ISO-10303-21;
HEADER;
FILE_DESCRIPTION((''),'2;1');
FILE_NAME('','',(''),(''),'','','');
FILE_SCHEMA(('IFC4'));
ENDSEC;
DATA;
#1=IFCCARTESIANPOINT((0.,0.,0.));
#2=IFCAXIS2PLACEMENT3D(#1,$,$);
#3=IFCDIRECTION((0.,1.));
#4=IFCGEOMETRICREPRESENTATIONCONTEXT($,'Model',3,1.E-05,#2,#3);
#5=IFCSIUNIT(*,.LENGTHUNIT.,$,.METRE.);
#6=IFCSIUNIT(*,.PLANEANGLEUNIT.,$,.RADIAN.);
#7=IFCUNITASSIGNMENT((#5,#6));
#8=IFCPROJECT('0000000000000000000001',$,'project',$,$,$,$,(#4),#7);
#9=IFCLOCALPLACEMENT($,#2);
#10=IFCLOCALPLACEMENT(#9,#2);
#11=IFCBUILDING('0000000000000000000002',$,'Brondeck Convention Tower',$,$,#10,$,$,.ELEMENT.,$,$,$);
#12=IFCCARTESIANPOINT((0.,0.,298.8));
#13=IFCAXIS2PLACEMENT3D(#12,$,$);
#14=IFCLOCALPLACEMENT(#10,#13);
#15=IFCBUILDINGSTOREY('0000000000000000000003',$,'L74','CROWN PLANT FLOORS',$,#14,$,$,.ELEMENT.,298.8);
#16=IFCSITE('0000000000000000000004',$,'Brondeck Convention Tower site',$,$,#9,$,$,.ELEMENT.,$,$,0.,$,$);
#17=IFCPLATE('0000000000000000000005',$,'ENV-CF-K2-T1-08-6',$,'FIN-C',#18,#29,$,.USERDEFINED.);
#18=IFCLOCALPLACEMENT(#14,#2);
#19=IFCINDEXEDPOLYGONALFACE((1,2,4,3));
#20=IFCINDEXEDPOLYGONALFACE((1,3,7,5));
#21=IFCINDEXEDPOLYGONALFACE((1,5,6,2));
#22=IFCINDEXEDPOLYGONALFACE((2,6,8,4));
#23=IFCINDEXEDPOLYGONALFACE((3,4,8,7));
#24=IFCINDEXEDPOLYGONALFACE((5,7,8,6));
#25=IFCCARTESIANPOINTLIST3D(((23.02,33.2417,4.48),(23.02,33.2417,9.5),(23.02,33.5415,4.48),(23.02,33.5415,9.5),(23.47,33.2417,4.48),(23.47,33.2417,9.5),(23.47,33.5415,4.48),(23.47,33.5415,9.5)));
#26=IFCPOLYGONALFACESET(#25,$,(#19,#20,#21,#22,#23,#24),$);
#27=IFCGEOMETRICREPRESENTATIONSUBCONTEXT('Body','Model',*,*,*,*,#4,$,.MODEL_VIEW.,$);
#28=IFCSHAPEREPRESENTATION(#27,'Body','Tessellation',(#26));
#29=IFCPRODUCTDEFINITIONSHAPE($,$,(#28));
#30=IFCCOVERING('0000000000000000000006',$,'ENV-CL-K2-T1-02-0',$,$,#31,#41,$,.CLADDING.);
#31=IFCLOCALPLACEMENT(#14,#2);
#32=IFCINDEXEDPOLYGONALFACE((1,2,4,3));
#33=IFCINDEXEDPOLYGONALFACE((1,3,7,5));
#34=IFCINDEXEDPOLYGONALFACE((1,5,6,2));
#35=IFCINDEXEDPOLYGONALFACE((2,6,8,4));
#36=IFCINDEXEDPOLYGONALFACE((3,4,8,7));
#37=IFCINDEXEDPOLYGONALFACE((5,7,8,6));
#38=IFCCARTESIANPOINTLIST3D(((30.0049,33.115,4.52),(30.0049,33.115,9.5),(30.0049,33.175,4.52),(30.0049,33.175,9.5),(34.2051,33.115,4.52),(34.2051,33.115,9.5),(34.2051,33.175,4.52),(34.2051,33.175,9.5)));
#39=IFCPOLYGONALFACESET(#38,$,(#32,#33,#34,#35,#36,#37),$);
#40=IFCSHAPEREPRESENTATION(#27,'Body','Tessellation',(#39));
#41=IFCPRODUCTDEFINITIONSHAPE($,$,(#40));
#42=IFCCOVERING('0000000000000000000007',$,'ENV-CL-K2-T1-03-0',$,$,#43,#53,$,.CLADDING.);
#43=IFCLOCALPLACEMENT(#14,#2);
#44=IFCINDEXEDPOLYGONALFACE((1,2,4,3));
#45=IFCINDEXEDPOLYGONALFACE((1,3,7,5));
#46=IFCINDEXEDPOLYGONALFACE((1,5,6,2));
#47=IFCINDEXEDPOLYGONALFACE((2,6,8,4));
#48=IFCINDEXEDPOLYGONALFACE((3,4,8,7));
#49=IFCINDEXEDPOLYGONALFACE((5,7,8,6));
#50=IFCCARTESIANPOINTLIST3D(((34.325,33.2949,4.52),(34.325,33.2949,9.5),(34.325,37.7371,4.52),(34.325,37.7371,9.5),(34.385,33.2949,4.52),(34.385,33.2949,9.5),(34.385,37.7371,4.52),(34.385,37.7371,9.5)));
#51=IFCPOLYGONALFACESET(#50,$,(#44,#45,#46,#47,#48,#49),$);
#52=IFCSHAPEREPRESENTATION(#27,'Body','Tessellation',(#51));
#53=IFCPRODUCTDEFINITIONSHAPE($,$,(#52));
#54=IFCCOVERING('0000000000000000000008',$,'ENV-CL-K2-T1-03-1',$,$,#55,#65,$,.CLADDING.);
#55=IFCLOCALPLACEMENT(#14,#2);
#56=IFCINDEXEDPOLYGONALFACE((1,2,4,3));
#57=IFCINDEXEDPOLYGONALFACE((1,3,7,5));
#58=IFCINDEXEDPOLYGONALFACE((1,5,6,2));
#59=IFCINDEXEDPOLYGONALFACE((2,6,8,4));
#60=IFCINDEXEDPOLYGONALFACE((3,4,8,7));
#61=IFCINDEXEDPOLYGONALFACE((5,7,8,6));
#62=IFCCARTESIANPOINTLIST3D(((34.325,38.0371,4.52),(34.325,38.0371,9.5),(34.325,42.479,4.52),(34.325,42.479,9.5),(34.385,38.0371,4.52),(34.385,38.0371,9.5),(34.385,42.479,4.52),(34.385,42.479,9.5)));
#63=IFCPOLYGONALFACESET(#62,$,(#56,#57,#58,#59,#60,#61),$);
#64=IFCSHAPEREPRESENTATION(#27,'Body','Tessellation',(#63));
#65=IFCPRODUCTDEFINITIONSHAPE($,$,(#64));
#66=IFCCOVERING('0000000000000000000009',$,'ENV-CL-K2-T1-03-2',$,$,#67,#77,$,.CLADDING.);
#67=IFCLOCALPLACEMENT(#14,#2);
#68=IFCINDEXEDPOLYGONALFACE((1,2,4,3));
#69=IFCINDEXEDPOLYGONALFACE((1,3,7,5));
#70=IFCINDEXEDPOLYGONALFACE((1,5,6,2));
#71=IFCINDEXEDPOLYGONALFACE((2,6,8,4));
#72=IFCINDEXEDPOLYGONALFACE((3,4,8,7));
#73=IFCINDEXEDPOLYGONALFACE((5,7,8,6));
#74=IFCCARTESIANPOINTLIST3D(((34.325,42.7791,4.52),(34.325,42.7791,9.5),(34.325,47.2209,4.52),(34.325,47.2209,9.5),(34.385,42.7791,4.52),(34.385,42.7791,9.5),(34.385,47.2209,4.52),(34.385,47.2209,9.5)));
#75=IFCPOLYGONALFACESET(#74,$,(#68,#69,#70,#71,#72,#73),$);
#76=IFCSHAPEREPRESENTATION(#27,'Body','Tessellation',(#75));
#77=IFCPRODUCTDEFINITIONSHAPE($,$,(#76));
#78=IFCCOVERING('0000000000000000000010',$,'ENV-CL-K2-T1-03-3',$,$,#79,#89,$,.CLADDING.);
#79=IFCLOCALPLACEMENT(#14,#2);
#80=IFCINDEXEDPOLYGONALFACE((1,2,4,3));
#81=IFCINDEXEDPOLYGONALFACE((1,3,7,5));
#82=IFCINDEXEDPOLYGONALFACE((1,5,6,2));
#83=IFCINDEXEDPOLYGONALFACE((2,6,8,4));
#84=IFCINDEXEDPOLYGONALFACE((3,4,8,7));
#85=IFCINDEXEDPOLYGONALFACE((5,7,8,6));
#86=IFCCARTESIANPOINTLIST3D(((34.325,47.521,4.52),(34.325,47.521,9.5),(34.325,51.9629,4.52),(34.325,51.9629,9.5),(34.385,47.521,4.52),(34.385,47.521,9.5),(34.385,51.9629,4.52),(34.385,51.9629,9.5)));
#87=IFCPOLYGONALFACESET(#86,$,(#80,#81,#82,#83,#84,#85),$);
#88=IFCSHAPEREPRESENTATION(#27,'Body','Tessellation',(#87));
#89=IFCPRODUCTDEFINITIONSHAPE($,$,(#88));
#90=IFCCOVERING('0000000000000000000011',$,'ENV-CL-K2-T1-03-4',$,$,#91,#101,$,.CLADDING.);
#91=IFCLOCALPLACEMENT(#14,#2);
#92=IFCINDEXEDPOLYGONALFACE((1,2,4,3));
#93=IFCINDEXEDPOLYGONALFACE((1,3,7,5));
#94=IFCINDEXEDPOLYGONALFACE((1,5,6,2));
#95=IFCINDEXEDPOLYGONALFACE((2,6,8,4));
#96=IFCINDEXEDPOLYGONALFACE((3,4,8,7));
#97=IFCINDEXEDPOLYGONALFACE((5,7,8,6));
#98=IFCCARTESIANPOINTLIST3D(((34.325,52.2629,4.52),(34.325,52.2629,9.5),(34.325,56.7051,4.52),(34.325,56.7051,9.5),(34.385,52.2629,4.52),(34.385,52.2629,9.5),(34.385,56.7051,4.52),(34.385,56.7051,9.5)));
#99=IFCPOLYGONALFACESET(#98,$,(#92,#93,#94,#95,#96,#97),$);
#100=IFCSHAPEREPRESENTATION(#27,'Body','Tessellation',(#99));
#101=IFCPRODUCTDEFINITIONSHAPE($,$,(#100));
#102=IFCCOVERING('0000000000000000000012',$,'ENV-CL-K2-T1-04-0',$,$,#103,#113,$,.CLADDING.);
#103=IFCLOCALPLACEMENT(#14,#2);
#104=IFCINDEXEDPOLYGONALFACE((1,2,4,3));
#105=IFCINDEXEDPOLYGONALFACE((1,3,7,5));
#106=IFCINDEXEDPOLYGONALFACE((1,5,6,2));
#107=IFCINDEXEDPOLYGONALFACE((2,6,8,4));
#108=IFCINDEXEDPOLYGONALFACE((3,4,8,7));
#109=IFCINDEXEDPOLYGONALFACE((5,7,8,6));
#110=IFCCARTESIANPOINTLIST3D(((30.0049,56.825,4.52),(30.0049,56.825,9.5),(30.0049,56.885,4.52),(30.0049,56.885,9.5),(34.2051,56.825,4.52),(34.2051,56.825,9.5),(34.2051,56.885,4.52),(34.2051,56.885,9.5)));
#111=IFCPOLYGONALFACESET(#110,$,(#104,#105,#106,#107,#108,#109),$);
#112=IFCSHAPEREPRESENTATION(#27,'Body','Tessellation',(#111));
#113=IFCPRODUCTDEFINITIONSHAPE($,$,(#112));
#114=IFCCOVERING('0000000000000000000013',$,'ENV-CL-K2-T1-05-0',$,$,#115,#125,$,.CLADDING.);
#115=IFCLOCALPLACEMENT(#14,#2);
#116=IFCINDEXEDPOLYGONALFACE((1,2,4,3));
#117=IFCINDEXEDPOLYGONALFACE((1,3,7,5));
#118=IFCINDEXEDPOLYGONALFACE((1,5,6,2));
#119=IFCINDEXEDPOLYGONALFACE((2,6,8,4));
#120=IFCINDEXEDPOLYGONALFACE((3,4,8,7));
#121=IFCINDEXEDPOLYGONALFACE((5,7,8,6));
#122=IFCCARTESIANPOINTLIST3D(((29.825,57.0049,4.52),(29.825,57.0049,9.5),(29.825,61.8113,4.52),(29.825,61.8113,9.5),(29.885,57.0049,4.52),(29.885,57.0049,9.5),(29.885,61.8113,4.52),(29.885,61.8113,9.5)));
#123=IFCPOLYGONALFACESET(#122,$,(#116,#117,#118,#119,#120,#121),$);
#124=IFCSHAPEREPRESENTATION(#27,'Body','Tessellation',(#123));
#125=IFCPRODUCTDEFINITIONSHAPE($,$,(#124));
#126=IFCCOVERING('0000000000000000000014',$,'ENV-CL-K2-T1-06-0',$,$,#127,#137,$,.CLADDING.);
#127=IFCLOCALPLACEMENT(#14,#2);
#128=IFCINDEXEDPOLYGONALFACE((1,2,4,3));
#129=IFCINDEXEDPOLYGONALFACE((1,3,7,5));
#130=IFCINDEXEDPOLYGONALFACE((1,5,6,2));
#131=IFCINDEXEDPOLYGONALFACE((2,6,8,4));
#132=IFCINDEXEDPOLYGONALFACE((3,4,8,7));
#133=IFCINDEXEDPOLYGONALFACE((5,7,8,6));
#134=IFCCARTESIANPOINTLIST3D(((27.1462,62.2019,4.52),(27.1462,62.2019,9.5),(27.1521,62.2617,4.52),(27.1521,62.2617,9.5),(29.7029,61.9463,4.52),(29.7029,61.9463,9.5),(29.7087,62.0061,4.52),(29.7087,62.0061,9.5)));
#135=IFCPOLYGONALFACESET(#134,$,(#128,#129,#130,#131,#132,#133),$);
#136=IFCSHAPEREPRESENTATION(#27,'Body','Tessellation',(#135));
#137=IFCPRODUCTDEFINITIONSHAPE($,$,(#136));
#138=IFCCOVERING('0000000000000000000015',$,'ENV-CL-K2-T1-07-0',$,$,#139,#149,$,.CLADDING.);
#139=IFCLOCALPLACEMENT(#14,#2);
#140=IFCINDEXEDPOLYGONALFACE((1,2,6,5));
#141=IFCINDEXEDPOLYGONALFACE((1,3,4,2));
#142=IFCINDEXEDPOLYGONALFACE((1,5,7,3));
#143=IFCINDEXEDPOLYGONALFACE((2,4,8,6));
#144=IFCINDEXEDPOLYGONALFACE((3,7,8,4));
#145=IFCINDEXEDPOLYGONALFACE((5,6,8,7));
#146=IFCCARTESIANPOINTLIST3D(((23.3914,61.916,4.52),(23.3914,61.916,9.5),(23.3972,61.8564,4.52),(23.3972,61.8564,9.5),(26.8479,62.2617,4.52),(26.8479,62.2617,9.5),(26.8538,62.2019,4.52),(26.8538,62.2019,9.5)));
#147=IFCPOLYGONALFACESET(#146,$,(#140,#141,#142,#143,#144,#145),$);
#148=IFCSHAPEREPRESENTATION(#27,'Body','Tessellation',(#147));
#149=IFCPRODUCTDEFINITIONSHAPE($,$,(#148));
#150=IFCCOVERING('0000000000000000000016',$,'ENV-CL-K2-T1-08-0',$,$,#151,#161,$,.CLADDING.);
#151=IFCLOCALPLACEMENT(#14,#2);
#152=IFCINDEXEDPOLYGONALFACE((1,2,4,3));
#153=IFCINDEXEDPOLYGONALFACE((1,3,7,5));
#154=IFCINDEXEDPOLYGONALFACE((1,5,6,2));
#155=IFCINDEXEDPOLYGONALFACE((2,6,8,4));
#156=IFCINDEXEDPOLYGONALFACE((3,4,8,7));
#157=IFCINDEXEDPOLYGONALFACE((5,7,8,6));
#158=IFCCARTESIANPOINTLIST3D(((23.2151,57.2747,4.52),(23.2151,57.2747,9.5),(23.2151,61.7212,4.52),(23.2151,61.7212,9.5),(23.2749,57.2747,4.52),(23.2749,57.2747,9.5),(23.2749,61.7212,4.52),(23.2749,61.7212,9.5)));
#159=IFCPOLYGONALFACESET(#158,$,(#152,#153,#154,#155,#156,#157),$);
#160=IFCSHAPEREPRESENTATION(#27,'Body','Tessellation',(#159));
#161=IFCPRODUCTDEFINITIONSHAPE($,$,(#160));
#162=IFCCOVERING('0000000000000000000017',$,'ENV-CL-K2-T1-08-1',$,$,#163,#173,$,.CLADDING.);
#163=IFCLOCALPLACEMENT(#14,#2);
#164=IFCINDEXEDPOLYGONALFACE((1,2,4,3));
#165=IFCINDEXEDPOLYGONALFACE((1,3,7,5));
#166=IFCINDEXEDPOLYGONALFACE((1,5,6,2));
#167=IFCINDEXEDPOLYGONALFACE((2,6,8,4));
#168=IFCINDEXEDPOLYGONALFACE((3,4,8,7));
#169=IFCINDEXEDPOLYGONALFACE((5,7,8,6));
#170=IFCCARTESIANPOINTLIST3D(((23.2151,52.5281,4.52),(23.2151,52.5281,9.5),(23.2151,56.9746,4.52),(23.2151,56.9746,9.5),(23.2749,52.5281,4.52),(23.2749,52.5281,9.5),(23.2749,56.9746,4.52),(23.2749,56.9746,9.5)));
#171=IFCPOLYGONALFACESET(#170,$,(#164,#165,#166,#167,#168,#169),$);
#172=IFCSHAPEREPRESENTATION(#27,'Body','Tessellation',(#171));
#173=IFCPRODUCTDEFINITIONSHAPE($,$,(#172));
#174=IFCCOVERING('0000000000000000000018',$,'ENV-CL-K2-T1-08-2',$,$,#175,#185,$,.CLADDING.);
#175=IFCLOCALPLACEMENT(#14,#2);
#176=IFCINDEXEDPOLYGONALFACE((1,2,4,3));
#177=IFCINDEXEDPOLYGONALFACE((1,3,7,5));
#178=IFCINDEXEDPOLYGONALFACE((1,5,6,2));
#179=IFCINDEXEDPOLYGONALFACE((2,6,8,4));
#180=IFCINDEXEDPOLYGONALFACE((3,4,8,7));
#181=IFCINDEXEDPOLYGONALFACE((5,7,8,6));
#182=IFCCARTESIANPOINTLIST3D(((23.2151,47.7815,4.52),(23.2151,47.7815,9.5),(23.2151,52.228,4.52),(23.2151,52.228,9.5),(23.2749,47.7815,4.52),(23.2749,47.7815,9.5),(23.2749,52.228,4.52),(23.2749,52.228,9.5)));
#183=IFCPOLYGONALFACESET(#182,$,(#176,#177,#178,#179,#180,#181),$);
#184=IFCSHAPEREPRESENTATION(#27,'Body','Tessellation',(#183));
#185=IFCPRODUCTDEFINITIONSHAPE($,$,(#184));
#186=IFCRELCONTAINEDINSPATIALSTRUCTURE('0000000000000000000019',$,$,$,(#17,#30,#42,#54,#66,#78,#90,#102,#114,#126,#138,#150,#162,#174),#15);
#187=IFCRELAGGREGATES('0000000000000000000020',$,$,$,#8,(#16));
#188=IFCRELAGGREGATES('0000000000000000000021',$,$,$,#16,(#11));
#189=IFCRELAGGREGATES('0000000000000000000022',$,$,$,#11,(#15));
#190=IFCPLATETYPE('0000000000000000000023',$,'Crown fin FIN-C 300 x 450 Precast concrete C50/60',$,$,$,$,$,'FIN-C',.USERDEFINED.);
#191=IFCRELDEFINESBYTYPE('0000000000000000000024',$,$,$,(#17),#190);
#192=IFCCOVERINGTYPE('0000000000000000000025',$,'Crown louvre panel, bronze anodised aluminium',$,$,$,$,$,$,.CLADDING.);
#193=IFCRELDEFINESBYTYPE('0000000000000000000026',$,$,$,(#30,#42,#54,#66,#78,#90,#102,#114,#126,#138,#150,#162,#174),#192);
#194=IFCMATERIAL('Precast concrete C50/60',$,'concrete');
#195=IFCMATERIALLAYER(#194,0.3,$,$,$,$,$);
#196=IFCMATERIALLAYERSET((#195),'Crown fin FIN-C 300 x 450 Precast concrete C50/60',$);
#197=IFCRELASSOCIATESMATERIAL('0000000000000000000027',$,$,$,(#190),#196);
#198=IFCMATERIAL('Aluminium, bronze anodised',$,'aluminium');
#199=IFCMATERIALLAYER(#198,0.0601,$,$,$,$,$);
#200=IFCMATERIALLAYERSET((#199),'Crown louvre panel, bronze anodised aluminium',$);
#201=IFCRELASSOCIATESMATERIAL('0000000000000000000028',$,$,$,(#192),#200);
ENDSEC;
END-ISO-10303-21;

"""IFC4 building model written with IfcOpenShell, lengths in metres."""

from ifc_helpers import new_model, si_unit, direction, frame, origin, place, context, subcontext, project, spatial, polyline, outline, extrude, material, layer, layer_set, type_object, element, save


model = new_model("IFC4")

# Units and contexts
model_context = context("Model", 3, precision=1e-05, world=origin(), true_north=direction((0.0, 1.0)))
body_context = subcontext(model_context, "Body", "Model", "MODEL_VIEW")
ifc_project = project(units=[si_unit("LENGTHUNIT", "METRE"), si_unit("PLANEANGLEUNIT", "RADIAN")], contexts=[model_context])

# Site, building, storey
site_placement = place(None, origin())
site = spatial("IfcSite", under=ifc_project, at=site_placement, Name="Brondeck Convention Tower site", CompositionType="ELEMENT", RefElevation=0.0)
building_placement = place(site_placement, origin())
building = spatial("IfcBuilding", under=site, at=building_placement, Name="Brondeck Convention Tower", CompositionType="ELEMENT")
storey_placement = place(building_placement, frame((0.0, 0.0, 298.8)))
storey = spatial("IfcBuildingStorey", under=building, at=storey_placement, Name="L74", Description="CROWN PLANT FLOORS", CompositionType="ELEMENT", Elevation=298.8)

# Plate
ifc_material_1 = material(Name="Precast concrete C50/60", Category="concrete")
ifc_layer_1 = layer(ifc_material_1, 0.3)
ifc_layer_set_1 = layer_set([ifc_layer_1], Name="Crown fin FIN-C 300 x 450 Precast concrete C50/60")
plate_type = type_object("IfcPlateType", Name="Crown fin FIN-C 300 x 450 Precast concrete C50/60", ElementType="FIN-C", PredefinedType="USERDEFINED", material=ifc_layer_set_1)
plate_1_placement = place(storey_placement, frame((0.0, 0.0, 4.48)))
element("IfcPlate", 1, at=plate_1_placement, inside=storey, type_object=plate_type, Name="ENV-CF-K2-T1-08-6", ObjectType="FIN-C", PredefinedType="USERDEFINED", context=body_context, shape_type="SweptSolid", body=[
    extrude(outline(polyline([(23.47, 33.2417), (23.47, 33.5415), (23.02, 33.5415), (23.02, 33.2417), (23.47, 33.2417)])), origin(), (0.0, 0.0, 1.0), 5.02),
])

# Coverings
ifc_material_2 = material(Name="Aluminium, bronze anodised", Category="aluminium")
ifc_layer_2 = layer(ifc_material_2, 0.0601)
ifc_layer_set_2 = layer_set([ifc_layer_2], Name="Crown louvre panel, bronze anodised aluminium")
covering_type = type_object("IfcCoveringType", Name="Crown louvre panel, bronze anodised aluminium", PredefinedType="CLADDING", material=ifc_layer_set_2)
covering_1_placement = place(storey_placement, frame((0.0, 0.0, 4.52)))
element("IfcCovering", 2, at=covering_1_placement, inside=storey, type_object=covering_type, Name="ENV-CL-K2-T1-02-0", PredefinedType="CLADDING", context=body_context, shape_type="SweptSolid", body=[
    extrude(outline(polyline([(34.2051, 33.175), (30.0049, 33.175), (30.0049, 33.115), (34.2051, 33.115), (34.2051, 33.175)])), origin(), (0.0, 0.0, 1.0), 4.98),
])
covering_2_placement = place(storey_placement, frame((0.0, 0.0, 4.52)))
element("IfcCovering", 3, at=covering_2_placement, inside=storey, type_object=covering_type, Name="ENV-CL-K2-T1-03-0", PredefinedType="CLADDING", context=body_context, shape_type="SweptSolid", body=[
    extrude(outline(polyline([(34.325, 37.7371), (34.325, 33.2949), (34.385, 33.2949), (34.385, 37.7371), (34.325, 37.7371)])), origin(), (0.0, 0.0, 1.0), 4.98),
])
covering_3_placement = place(storey_placement, frame((0.0, 0.0, 4.52)))
element("IfcCovering", 4, at=covering_3_placement, inside=storey, type_object=covering_type, Name="ENV-CL-K2-T1-03-1", PredefinedType="CLADDING", context=body_context, shape_type="SweptSolid", body=[
    extrude(outline(polyline([(34.325, 42.479), (34.325, 38.0371), (34.385, 38.0371), (34.385, 42.479), (34.325, 42.479)])), origin(), (0.0, 0.0, 1.0), 4.98),
])
covering_4_placement = place(storey_placement, frame((0.0, 0.0, 4.52)))
element("IfcCovering", 5, at=covering_4_placement, inside=storey, type_object=covering_type, Name="ENV-CL-K2-T1-03-2", PredefinedType="CLADDING", context=body_context, shape_type="SweptSolid", body=[
    extrude(outline(polyline([(34.325, 47.2209), (34.325, 42.7791), (34.385, 42.7791), (34.385, 47.2209), (34.325, 47.2209)])), origin(), (0.0, 0.0, 1.0), 4.98),
])
covering_5_placement = place(storey_placement, frame((0.0, 0.0, 4.52)))
element("IfcCovering", 6, at=covering_5_placement, inside=storey, type_object=covering_type, Name="ENV-CL-K2-T1-03-3", PredefinedType="CLADDING", context=body_context, shape_type="SweptSolid", body=[
    extrude(outline(polyline([(34.325, 51.9629), (34.325, 47.521), (34.385, 47.521), (34.385, 51.9629), (34.325, 51.9629)])), origin(), (0.0, 0.0, 1.0), 4.98),
])
covering_6_placement = place(storey_placement, frame((0.0, 0.0, 4.52)))
element("IfcCovering", 7, at=covering_6_placement, inside=storey, type_object=covering_type, Name="ENV-CL-K2-T1-03-4", PredefinedType="CLADDING", context=body_context, shape_type="SweptSolid", body=[
    extrude(outline(polyline([(34.325, 56.7051), (34.325, 52.2629), (34.385, 52.2629), (34.385, 56.7051), (34.325, 56.7051)])), origin(), (0.0, 0.0, 1.0), 4.98),
])
covering_7_placement = place(storey_placement, frame((0.0, 0.0, 4.52)))
element("IfcCovering", 8, at=covering_7_placement, inside=storey, type_object=covering_type, Name="ENV-CL-K2-T1-04-0", PredefinedType="CLADDING", context=body_context, shape_type="SweptSolid", body=[
    extrude(outline(polyline([(30.0049, 56.825), (34.2051, 56.825), (34.2051, 56.885), (30.0049, 56.885), (30.0049, 56.825)])), origin(), (0.0, 0.0, 1.0), 4.98),
])
covering_8_placement = place(storey_placement, frame((0.0, 0.0, 4.52)))
element("IfcCovering", 9, at=covering_8_placement, inside=storey, type_object=covering_type, Name="ENV-CL-K2-T1-05-0", PredefinedType="CLADDING", context=body_context, shape_type="SweptSolid", body=[
    extrude(outline(polyline([(29.825, 61.8113), (29.825, 57.0049), (29.885, 57.0049), (29.885, 61.8113), (29.825, 61.8113)])), origin(), (0.0, 0.0, 1.0), 4.98),
])
covering_9_placement = place(storey_placement, frame((0.0, 0.0, 4.52)))
element("IfcCovering", 10, at=covering_9_placement, inside=storey, type_object=covering_type, Name="ENV-CL-K2-T1-06-0", PredefinedType="CLADDING", context=body_context, shape_type="SweptSolid", body=[
    extrude(outline(polyline([(27.1462, 62.2019), (29.7029, 61.9463), (29.7087, 62.0061), (27.1521, 62.2617), (27.1462, 62.2019)])), origin(), (0.0, 0.0, 1.0), 4.98),
])
covering_10_placement = place(storey_placement, frame((0.0, 0.0, 4.52)))
element("IfcCovering", 11, at=covering_10_placement, inside=storey, type_object=covering_type, Name="ENV-CL-K2-T1-07-0", PredefinedType="CLADDING", context=body_context, shape_type="SweptSolid", body=[
    extrude(outline(polyline([(23.3972, 61.8564), (26.8538, 62.2019), (26.8479, 62.2617), (23.3914, 61.916), (23.3972, 61.8564)])), origin(), (0.0, 0.0, 1.0), 4.98),
])
covering_11_placement = place(storey_placement, frame((0.0, 0.0, 4.52)))
element("IfcCovering", 12, at=covering_11_placement, inside=storey, type_object=covering_type, Name="ENV-CL-K2-T1-08-0", PredefinedType="CLADDING", context=body_context, shape_type="SweptSolid", body=[
    extrude(outline(polyline([(23.2749, 57.2747), (23.2749, 61.7212), (23.2151, 61.7212), (23.2151, 57.2747), (23.2749, 57.2747)])), origin(), (0.0, 0.0, 1.0), 4.98),
])
covering_12_placement = place(storey_placement, frame((0.0, 0.0, 4.52)))
element("IfcCovering", 13, at=covering_12_placement, inside=storey, type_object=covering_type, Name="ENV-CL-K2-T1-08-1", PredefinedType="CLADDING", context=body_context, shape_type="SweptSolid", body=[
    extrude(outline(polyline([(23.2749, 52.5281), (23.2749, 56.9746), (23.2151, 56.9746), (23.2151, 52.5281), (23.2749, 52.5281)])), origin(), (0.0, 0.0, 1.0), 4.98),
])
covering_13_placement = place(storey_placement, frame((0.0, 0.0, 4.52)))
element("IfcCovering", 14, at=covering_13_placement, inside=storey, type_object=covering_type, Name="ENV-CL-K2-T1-08-2", PredefinedType="CLADDING", context=body_context, shape_type="SweptSolid", body=[
    extrude(outline(polyline([(23.2749, 47.7815), (23.2749, 52.228), (23.2151, 52.228), (23.2151, 47.7815), (23.2749, 47.7815)])), origin(), (0.0, 0.0, 1.0), 4.98),
])

save(model, "model.ifc")
